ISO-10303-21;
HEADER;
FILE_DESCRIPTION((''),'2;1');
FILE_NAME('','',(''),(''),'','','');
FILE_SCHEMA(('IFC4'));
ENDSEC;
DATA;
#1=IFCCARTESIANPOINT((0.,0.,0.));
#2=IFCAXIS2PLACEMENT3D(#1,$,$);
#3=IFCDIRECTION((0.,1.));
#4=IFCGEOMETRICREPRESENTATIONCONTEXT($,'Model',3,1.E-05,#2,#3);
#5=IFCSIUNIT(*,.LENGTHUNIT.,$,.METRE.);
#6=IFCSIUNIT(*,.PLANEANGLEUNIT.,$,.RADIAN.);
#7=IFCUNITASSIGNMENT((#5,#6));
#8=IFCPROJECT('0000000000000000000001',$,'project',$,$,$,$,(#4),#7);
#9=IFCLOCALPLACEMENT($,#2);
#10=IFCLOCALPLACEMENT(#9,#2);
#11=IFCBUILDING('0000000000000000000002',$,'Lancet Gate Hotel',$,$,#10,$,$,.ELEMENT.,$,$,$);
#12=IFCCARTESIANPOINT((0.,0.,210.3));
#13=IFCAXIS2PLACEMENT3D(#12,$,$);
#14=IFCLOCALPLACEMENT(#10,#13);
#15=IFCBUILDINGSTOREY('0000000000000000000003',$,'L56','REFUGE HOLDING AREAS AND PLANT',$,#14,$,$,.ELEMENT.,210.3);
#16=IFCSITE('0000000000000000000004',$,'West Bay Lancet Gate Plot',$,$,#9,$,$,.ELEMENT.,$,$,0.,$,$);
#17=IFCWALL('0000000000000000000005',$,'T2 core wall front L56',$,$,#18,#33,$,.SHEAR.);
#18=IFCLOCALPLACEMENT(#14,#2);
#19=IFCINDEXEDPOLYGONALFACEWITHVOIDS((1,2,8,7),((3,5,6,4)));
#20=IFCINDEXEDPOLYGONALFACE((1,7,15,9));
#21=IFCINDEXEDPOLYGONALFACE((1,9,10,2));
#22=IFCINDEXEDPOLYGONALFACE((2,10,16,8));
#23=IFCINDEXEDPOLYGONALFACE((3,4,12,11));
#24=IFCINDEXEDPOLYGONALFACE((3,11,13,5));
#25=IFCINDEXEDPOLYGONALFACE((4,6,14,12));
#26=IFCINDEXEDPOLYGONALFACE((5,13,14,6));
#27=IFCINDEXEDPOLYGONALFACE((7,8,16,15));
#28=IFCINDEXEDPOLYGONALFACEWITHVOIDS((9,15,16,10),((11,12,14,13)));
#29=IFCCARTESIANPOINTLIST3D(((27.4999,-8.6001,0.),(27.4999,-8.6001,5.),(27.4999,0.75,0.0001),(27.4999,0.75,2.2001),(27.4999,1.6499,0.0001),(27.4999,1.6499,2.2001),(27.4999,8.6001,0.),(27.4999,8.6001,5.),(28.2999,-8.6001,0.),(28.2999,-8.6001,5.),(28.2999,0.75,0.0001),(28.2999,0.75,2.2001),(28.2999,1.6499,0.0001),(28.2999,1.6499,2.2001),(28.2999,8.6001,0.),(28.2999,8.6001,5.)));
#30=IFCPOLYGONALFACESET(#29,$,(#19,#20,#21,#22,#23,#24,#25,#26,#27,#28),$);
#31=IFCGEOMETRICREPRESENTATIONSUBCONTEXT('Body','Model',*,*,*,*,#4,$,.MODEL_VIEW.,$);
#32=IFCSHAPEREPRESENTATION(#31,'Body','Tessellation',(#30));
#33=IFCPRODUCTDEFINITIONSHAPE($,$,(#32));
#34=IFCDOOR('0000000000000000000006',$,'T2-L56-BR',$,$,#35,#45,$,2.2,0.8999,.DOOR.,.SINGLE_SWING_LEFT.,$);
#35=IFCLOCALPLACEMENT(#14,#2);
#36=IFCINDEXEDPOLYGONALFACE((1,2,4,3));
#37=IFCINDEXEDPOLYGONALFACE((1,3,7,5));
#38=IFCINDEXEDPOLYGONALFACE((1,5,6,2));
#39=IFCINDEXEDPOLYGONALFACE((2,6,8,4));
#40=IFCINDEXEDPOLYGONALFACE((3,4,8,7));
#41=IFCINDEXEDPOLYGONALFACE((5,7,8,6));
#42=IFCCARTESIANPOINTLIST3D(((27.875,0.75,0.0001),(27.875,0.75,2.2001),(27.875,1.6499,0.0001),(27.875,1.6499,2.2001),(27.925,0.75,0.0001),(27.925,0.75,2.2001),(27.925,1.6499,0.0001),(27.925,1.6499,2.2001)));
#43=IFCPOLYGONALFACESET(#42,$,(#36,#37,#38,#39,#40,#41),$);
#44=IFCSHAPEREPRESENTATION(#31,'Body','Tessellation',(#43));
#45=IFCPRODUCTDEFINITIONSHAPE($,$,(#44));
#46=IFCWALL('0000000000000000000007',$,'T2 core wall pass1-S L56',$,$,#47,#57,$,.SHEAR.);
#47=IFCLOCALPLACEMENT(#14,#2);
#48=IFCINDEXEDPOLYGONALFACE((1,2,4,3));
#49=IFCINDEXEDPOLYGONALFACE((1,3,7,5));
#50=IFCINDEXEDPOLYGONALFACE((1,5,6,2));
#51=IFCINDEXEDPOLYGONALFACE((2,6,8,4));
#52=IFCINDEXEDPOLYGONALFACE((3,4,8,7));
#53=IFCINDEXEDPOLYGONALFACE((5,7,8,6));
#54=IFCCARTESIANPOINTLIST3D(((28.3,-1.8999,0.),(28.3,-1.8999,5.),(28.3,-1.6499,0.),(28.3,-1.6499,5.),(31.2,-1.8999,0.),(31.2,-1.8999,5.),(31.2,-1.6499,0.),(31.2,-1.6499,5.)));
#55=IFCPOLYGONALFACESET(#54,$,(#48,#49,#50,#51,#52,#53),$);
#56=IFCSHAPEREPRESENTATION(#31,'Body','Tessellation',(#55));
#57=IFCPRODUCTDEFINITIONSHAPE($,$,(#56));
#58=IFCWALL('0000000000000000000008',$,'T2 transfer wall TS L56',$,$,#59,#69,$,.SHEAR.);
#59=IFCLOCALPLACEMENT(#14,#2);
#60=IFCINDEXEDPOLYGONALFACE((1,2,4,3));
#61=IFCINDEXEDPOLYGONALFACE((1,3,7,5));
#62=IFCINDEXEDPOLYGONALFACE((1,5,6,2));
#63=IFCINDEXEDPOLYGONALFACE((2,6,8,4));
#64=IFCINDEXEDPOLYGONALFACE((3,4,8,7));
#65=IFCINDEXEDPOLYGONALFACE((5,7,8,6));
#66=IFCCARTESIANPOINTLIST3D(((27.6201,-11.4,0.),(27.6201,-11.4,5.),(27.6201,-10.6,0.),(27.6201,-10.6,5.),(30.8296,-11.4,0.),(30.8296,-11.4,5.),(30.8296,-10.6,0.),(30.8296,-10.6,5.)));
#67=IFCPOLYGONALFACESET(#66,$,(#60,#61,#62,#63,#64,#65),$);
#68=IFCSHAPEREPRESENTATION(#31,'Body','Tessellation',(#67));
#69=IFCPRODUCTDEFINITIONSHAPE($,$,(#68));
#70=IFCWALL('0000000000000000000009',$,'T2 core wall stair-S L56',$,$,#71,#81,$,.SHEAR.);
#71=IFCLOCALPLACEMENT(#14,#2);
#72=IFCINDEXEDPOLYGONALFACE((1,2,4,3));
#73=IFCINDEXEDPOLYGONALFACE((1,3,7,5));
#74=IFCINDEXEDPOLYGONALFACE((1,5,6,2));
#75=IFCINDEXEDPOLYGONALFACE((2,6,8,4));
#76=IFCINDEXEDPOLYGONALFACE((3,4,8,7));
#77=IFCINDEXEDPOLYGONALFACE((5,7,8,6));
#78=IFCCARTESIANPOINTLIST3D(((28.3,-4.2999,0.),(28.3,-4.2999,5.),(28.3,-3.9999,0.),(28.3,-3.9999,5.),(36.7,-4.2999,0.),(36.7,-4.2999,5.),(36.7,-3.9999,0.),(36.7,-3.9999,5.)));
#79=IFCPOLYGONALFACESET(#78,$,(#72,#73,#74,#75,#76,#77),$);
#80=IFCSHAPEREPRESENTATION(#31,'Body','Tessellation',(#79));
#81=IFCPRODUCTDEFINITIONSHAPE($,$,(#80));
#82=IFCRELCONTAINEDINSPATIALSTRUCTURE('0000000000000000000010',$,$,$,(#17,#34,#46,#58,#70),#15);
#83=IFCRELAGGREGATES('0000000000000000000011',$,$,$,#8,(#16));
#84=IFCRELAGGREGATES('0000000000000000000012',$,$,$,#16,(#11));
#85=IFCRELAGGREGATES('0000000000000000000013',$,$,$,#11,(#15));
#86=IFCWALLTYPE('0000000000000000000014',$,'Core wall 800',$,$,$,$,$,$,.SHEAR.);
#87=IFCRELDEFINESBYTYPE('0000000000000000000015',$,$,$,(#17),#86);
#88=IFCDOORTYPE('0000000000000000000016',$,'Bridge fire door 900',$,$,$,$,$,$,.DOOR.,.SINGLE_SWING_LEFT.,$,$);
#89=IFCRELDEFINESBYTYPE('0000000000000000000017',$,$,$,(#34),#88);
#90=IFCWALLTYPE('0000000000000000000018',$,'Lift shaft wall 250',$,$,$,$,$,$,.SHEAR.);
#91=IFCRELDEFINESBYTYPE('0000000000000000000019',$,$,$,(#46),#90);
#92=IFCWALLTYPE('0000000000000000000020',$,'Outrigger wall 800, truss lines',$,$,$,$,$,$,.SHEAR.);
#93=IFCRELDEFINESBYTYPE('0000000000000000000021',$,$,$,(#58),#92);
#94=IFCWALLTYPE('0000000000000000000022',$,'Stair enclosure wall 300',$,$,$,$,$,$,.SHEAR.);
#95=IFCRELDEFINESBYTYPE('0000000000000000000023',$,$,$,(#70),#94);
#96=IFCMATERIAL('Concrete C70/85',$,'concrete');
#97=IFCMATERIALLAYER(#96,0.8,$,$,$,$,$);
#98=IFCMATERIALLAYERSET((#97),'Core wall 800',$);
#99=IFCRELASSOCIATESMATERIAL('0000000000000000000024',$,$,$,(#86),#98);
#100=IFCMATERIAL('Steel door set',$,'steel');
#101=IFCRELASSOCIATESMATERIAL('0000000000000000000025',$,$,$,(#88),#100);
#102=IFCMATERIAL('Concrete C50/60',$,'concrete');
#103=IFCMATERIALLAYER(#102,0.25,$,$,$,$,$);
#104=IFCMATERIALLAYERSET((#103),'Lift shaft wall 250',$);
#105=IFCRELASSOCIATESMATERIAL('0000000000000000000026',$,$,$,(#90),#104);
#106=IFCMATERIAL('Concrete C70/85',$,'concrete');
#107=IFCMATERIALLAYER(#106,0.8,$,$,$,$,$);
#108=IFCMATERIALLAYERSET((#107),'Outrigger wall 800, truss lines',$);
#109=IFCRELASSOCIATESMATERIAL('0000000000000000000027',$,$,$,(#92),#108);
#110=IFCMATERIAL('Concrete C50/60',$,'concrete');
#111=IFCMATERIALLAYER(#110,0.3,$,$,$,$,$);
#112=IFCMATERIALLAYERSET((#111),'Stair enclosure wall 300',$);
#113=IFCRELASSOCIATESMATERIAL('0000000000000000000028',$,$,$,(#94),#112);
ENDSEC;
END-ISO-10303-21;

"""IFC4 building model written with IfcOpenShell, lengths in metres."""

from ifc_helpers import new_model, si_unit, direction, frame, frame_2d, origin, place, context, subcontext, project, spatial, rectangle, extrude, material, layer, layer_set, type_object, element, fill, save


model = new_model("IFC4")

# Units and contexts
model_context = context("Model", 3, precision=1e-05, world=origin(), true_north=direction((0.0, 1.0)))
body_context = subcontext(model_context, "Body", "Model", "MODEL_VIEW")
ifc_project = project(units=[si_unit("LENGTHUNIT", "METRE"), si_unit("PLANEANGLEUNIT", "RADIAN")], contexts=[model_context])

# Site, building, storey
site_placement = place(None, origin())
site = spatial("IfcSite", under=ifc_project, at=site_placement, Name="West Bay Lancet Gate Plot", CompositionType="ELEMENT", RefElevation=0.0)
building_placement = place(site_placement, origin())
building = spatial("IfcBuilding", under=site, at=building_placement, Name="Lancet Gate Hotel", CompositionType="ELEMENT")
storey_placement = place(building_placement, frame((0.0, 0.0, 210.3)))
storey = spatial("IfcBuildingStorey", under=building, at=storey_placement, Name="L56", Description="REFUGE HOLDING AREAS AND PLANT", CompositionType="ELEMENT", Elevation=210.3)

# Wall, opening, door
ifc_material_1 = material(Name="Concrete C70/85", Category="concrete")
ifc_layer_1 = layer(ifc_material_1, 0.8)
ifc_layer_set_1 = layer_set([ifc_layer_1], Name="Core wall 800")
wall_type_1 = type_object("IfcWallType", Name="Core wall 800", PredefinedType="SHEAR", material=ifc_layer_set_1)
wall_1_placement = place(storey_placement, frame((27.8999, -8.6001, 0.0), z_axis=(0.0, 0.0, 1.0), x_axis=(0.0, 1.0, 0.0)))
wall_1 = element("IfcWall", 1, at=wall_1_placement, inside=storey, type_object=wall_type_1, Name="T2 core wall front L56", PredefinedType="SHEAR", context=body_context, shape_type="SweptSolid", body=[
    extrude(rectangle(XDim=17.2002, YDim=0.8, at=frame_2d((8.6001, 0.0))), origin(), (0.0, 0.0, 1.0), 5.0),
])
opening_1_placement = place(wall_1_placement, frame((9.3501, 0.0, 0.0)))
opening_1 = element("IfcOpeningElement", 2, at=opening_1_placement, cuts=wall_1, PredefinedType="OPENING", context=body_context, shape_type="SweptSolid", body=[
    extrude(rectangle(XDim=0.8999, YDim=2.2, at=frame_2d((0.45, 1.1001))), frame((0.0, 0.4099, 0.0), z_axis=(0.0, -1.0, 0.0), x_axis=(1.0, 0.0, 0.0)), (0.0, 0.0, 1.0), 0.8201),
])
ifc_material_2 = material(Name="Steel door set", Category="steel")
door_type_1 = type_object("IfcDoorType", Name="Bridge fire door 900", OperationType="SINGLE_SWING_LEFT", PredefinedType="DOOR", material=ifc_material_2)
door_1_placement = place(opening_1_placement, origin())
door_1 = element("IfcDoor", 3, at=door_1_placement, inside=storey, type_object=door_type_1, Name="T2-L56-BR", OperationType="SINGLE_SWING_LEFT", OverallHeight=2.2, OverallWidth=0.8999, PredefinedType="DOOR", context=body_context, shape_type="SweptSolid", body=[
    extrude(rectangle(XDim=0.8999, YDim=2.2, at=frame_2d((0.45, 1.1001))), frame((0.0, 0.0249, 0.0), z_axis=(0.0, -1.0, 0.0), x_axis=(1.0, 0.0, 0.0)), (0.0, 0.0, 1.0), 0.05),
])
fill(opening_1, door_1)

# Walls
ifc_material_3 = material(Name="Concrete C50/60", Category="concrete")
ifc_layer_2 = layer(ifc_material_3, 0.25)
ifc_layer_set_2 = layer_set([ifc_layer_2], Name="Lift shaft wall 250")
wall_type_2 = type_object("IfcWallType", Name="Lift shaft wall 250", PredefinedType="SHEAR", material=ifc_layer_set_2)
wall_2_placement = place(storey_placement, frame((28.3, -1.7749, 0.0), z_axis=(0.0, 0.0, 1.0), x_axis=(1.0, 0.0, 0.0)))
element("IfcWall", 4, at=wall_2_placement, inside=storey, type_object=wall_type_2, Name="T2 core wall pass1-S L56", PredefinedType="SHEAR", context=body_context, shape_type="SweptSolid", body=[
    extrude(rectangle(XDim=2.8999, YDim=0.25, at=frame_2d((1.45, 0.0))), origin(), (0.0, 0.0, 1.0), 5.0),
])
ifc_material_4 = material(Name="Concrete C70/85", Category="concrete")
ifc_layer_3 = layer(ifc_material_4, 0.8)
ifc_layer_set_3 = layer_set([ifc_layer_3], Name="Outrigger wall 800, truss lines")
wall_type_3 = type_object("IfcWallType", Name="Outrigger wall 800, truss lines", PredefinedType="SHEAR", material=ifc_layer_set_3)
wall_3_placement = place(storey_placement, frame((27.6201, -11.0, 0.0), z_axis=(0.0, 0.0, 1.0), x_axis=(1.0, 0.0, 0.0)))
element("IfcWall", 5, at=wall_3_placement, inside=storey, type_object=wall_type_3, Name="T2 transfer wall TS L56", PredefinedType="SHEAR", context=body_context, shape_type="SweptSolid", body=[
    extrude(rectangle(XDim=3.2095, YDim=0.8, at=frame_2d((1.6047, 0.0))), origin(), (0.0, 0.0, 1.0), 5.0),
])
ifc_material_5 = material(Name="Concrete C50/60", Category="concrete")
ifc_layer_4 = layer(ifc_material_5, 0.3)
ifc_layer_set_4 = layer_set([ifc_layer_4], Name="Stair enclosure wall 300")
wall_type_4 = type_object("IfcWallType", Name="Stair enclosure wall 300", PredefinedType="SHEAR", material=ifc_layer_set_4)
wall_4_placement = place(storey_placement, frame((28.3, -4.1499, 0.0), z_axis=(0.0, 0.0, 1.0), x_axis=(1.0, 0.0, 0.0)))
element("IfcWall", 6, at=wall_4_placement, inside=storey, type_object=wall_type_4, Name="T2 core wall stair-S L56", PredefinedType="SHEAR", context=body_context, shape_type="SweptSolid", body=[
    extrude(rectangle(XDim=8.3999, YDim=0.3, at=frame_2d((4.2, 0.0))), origin(), (0.0, 0.0, 1.0), 5.0),
])

save(model, "model.ifc")
